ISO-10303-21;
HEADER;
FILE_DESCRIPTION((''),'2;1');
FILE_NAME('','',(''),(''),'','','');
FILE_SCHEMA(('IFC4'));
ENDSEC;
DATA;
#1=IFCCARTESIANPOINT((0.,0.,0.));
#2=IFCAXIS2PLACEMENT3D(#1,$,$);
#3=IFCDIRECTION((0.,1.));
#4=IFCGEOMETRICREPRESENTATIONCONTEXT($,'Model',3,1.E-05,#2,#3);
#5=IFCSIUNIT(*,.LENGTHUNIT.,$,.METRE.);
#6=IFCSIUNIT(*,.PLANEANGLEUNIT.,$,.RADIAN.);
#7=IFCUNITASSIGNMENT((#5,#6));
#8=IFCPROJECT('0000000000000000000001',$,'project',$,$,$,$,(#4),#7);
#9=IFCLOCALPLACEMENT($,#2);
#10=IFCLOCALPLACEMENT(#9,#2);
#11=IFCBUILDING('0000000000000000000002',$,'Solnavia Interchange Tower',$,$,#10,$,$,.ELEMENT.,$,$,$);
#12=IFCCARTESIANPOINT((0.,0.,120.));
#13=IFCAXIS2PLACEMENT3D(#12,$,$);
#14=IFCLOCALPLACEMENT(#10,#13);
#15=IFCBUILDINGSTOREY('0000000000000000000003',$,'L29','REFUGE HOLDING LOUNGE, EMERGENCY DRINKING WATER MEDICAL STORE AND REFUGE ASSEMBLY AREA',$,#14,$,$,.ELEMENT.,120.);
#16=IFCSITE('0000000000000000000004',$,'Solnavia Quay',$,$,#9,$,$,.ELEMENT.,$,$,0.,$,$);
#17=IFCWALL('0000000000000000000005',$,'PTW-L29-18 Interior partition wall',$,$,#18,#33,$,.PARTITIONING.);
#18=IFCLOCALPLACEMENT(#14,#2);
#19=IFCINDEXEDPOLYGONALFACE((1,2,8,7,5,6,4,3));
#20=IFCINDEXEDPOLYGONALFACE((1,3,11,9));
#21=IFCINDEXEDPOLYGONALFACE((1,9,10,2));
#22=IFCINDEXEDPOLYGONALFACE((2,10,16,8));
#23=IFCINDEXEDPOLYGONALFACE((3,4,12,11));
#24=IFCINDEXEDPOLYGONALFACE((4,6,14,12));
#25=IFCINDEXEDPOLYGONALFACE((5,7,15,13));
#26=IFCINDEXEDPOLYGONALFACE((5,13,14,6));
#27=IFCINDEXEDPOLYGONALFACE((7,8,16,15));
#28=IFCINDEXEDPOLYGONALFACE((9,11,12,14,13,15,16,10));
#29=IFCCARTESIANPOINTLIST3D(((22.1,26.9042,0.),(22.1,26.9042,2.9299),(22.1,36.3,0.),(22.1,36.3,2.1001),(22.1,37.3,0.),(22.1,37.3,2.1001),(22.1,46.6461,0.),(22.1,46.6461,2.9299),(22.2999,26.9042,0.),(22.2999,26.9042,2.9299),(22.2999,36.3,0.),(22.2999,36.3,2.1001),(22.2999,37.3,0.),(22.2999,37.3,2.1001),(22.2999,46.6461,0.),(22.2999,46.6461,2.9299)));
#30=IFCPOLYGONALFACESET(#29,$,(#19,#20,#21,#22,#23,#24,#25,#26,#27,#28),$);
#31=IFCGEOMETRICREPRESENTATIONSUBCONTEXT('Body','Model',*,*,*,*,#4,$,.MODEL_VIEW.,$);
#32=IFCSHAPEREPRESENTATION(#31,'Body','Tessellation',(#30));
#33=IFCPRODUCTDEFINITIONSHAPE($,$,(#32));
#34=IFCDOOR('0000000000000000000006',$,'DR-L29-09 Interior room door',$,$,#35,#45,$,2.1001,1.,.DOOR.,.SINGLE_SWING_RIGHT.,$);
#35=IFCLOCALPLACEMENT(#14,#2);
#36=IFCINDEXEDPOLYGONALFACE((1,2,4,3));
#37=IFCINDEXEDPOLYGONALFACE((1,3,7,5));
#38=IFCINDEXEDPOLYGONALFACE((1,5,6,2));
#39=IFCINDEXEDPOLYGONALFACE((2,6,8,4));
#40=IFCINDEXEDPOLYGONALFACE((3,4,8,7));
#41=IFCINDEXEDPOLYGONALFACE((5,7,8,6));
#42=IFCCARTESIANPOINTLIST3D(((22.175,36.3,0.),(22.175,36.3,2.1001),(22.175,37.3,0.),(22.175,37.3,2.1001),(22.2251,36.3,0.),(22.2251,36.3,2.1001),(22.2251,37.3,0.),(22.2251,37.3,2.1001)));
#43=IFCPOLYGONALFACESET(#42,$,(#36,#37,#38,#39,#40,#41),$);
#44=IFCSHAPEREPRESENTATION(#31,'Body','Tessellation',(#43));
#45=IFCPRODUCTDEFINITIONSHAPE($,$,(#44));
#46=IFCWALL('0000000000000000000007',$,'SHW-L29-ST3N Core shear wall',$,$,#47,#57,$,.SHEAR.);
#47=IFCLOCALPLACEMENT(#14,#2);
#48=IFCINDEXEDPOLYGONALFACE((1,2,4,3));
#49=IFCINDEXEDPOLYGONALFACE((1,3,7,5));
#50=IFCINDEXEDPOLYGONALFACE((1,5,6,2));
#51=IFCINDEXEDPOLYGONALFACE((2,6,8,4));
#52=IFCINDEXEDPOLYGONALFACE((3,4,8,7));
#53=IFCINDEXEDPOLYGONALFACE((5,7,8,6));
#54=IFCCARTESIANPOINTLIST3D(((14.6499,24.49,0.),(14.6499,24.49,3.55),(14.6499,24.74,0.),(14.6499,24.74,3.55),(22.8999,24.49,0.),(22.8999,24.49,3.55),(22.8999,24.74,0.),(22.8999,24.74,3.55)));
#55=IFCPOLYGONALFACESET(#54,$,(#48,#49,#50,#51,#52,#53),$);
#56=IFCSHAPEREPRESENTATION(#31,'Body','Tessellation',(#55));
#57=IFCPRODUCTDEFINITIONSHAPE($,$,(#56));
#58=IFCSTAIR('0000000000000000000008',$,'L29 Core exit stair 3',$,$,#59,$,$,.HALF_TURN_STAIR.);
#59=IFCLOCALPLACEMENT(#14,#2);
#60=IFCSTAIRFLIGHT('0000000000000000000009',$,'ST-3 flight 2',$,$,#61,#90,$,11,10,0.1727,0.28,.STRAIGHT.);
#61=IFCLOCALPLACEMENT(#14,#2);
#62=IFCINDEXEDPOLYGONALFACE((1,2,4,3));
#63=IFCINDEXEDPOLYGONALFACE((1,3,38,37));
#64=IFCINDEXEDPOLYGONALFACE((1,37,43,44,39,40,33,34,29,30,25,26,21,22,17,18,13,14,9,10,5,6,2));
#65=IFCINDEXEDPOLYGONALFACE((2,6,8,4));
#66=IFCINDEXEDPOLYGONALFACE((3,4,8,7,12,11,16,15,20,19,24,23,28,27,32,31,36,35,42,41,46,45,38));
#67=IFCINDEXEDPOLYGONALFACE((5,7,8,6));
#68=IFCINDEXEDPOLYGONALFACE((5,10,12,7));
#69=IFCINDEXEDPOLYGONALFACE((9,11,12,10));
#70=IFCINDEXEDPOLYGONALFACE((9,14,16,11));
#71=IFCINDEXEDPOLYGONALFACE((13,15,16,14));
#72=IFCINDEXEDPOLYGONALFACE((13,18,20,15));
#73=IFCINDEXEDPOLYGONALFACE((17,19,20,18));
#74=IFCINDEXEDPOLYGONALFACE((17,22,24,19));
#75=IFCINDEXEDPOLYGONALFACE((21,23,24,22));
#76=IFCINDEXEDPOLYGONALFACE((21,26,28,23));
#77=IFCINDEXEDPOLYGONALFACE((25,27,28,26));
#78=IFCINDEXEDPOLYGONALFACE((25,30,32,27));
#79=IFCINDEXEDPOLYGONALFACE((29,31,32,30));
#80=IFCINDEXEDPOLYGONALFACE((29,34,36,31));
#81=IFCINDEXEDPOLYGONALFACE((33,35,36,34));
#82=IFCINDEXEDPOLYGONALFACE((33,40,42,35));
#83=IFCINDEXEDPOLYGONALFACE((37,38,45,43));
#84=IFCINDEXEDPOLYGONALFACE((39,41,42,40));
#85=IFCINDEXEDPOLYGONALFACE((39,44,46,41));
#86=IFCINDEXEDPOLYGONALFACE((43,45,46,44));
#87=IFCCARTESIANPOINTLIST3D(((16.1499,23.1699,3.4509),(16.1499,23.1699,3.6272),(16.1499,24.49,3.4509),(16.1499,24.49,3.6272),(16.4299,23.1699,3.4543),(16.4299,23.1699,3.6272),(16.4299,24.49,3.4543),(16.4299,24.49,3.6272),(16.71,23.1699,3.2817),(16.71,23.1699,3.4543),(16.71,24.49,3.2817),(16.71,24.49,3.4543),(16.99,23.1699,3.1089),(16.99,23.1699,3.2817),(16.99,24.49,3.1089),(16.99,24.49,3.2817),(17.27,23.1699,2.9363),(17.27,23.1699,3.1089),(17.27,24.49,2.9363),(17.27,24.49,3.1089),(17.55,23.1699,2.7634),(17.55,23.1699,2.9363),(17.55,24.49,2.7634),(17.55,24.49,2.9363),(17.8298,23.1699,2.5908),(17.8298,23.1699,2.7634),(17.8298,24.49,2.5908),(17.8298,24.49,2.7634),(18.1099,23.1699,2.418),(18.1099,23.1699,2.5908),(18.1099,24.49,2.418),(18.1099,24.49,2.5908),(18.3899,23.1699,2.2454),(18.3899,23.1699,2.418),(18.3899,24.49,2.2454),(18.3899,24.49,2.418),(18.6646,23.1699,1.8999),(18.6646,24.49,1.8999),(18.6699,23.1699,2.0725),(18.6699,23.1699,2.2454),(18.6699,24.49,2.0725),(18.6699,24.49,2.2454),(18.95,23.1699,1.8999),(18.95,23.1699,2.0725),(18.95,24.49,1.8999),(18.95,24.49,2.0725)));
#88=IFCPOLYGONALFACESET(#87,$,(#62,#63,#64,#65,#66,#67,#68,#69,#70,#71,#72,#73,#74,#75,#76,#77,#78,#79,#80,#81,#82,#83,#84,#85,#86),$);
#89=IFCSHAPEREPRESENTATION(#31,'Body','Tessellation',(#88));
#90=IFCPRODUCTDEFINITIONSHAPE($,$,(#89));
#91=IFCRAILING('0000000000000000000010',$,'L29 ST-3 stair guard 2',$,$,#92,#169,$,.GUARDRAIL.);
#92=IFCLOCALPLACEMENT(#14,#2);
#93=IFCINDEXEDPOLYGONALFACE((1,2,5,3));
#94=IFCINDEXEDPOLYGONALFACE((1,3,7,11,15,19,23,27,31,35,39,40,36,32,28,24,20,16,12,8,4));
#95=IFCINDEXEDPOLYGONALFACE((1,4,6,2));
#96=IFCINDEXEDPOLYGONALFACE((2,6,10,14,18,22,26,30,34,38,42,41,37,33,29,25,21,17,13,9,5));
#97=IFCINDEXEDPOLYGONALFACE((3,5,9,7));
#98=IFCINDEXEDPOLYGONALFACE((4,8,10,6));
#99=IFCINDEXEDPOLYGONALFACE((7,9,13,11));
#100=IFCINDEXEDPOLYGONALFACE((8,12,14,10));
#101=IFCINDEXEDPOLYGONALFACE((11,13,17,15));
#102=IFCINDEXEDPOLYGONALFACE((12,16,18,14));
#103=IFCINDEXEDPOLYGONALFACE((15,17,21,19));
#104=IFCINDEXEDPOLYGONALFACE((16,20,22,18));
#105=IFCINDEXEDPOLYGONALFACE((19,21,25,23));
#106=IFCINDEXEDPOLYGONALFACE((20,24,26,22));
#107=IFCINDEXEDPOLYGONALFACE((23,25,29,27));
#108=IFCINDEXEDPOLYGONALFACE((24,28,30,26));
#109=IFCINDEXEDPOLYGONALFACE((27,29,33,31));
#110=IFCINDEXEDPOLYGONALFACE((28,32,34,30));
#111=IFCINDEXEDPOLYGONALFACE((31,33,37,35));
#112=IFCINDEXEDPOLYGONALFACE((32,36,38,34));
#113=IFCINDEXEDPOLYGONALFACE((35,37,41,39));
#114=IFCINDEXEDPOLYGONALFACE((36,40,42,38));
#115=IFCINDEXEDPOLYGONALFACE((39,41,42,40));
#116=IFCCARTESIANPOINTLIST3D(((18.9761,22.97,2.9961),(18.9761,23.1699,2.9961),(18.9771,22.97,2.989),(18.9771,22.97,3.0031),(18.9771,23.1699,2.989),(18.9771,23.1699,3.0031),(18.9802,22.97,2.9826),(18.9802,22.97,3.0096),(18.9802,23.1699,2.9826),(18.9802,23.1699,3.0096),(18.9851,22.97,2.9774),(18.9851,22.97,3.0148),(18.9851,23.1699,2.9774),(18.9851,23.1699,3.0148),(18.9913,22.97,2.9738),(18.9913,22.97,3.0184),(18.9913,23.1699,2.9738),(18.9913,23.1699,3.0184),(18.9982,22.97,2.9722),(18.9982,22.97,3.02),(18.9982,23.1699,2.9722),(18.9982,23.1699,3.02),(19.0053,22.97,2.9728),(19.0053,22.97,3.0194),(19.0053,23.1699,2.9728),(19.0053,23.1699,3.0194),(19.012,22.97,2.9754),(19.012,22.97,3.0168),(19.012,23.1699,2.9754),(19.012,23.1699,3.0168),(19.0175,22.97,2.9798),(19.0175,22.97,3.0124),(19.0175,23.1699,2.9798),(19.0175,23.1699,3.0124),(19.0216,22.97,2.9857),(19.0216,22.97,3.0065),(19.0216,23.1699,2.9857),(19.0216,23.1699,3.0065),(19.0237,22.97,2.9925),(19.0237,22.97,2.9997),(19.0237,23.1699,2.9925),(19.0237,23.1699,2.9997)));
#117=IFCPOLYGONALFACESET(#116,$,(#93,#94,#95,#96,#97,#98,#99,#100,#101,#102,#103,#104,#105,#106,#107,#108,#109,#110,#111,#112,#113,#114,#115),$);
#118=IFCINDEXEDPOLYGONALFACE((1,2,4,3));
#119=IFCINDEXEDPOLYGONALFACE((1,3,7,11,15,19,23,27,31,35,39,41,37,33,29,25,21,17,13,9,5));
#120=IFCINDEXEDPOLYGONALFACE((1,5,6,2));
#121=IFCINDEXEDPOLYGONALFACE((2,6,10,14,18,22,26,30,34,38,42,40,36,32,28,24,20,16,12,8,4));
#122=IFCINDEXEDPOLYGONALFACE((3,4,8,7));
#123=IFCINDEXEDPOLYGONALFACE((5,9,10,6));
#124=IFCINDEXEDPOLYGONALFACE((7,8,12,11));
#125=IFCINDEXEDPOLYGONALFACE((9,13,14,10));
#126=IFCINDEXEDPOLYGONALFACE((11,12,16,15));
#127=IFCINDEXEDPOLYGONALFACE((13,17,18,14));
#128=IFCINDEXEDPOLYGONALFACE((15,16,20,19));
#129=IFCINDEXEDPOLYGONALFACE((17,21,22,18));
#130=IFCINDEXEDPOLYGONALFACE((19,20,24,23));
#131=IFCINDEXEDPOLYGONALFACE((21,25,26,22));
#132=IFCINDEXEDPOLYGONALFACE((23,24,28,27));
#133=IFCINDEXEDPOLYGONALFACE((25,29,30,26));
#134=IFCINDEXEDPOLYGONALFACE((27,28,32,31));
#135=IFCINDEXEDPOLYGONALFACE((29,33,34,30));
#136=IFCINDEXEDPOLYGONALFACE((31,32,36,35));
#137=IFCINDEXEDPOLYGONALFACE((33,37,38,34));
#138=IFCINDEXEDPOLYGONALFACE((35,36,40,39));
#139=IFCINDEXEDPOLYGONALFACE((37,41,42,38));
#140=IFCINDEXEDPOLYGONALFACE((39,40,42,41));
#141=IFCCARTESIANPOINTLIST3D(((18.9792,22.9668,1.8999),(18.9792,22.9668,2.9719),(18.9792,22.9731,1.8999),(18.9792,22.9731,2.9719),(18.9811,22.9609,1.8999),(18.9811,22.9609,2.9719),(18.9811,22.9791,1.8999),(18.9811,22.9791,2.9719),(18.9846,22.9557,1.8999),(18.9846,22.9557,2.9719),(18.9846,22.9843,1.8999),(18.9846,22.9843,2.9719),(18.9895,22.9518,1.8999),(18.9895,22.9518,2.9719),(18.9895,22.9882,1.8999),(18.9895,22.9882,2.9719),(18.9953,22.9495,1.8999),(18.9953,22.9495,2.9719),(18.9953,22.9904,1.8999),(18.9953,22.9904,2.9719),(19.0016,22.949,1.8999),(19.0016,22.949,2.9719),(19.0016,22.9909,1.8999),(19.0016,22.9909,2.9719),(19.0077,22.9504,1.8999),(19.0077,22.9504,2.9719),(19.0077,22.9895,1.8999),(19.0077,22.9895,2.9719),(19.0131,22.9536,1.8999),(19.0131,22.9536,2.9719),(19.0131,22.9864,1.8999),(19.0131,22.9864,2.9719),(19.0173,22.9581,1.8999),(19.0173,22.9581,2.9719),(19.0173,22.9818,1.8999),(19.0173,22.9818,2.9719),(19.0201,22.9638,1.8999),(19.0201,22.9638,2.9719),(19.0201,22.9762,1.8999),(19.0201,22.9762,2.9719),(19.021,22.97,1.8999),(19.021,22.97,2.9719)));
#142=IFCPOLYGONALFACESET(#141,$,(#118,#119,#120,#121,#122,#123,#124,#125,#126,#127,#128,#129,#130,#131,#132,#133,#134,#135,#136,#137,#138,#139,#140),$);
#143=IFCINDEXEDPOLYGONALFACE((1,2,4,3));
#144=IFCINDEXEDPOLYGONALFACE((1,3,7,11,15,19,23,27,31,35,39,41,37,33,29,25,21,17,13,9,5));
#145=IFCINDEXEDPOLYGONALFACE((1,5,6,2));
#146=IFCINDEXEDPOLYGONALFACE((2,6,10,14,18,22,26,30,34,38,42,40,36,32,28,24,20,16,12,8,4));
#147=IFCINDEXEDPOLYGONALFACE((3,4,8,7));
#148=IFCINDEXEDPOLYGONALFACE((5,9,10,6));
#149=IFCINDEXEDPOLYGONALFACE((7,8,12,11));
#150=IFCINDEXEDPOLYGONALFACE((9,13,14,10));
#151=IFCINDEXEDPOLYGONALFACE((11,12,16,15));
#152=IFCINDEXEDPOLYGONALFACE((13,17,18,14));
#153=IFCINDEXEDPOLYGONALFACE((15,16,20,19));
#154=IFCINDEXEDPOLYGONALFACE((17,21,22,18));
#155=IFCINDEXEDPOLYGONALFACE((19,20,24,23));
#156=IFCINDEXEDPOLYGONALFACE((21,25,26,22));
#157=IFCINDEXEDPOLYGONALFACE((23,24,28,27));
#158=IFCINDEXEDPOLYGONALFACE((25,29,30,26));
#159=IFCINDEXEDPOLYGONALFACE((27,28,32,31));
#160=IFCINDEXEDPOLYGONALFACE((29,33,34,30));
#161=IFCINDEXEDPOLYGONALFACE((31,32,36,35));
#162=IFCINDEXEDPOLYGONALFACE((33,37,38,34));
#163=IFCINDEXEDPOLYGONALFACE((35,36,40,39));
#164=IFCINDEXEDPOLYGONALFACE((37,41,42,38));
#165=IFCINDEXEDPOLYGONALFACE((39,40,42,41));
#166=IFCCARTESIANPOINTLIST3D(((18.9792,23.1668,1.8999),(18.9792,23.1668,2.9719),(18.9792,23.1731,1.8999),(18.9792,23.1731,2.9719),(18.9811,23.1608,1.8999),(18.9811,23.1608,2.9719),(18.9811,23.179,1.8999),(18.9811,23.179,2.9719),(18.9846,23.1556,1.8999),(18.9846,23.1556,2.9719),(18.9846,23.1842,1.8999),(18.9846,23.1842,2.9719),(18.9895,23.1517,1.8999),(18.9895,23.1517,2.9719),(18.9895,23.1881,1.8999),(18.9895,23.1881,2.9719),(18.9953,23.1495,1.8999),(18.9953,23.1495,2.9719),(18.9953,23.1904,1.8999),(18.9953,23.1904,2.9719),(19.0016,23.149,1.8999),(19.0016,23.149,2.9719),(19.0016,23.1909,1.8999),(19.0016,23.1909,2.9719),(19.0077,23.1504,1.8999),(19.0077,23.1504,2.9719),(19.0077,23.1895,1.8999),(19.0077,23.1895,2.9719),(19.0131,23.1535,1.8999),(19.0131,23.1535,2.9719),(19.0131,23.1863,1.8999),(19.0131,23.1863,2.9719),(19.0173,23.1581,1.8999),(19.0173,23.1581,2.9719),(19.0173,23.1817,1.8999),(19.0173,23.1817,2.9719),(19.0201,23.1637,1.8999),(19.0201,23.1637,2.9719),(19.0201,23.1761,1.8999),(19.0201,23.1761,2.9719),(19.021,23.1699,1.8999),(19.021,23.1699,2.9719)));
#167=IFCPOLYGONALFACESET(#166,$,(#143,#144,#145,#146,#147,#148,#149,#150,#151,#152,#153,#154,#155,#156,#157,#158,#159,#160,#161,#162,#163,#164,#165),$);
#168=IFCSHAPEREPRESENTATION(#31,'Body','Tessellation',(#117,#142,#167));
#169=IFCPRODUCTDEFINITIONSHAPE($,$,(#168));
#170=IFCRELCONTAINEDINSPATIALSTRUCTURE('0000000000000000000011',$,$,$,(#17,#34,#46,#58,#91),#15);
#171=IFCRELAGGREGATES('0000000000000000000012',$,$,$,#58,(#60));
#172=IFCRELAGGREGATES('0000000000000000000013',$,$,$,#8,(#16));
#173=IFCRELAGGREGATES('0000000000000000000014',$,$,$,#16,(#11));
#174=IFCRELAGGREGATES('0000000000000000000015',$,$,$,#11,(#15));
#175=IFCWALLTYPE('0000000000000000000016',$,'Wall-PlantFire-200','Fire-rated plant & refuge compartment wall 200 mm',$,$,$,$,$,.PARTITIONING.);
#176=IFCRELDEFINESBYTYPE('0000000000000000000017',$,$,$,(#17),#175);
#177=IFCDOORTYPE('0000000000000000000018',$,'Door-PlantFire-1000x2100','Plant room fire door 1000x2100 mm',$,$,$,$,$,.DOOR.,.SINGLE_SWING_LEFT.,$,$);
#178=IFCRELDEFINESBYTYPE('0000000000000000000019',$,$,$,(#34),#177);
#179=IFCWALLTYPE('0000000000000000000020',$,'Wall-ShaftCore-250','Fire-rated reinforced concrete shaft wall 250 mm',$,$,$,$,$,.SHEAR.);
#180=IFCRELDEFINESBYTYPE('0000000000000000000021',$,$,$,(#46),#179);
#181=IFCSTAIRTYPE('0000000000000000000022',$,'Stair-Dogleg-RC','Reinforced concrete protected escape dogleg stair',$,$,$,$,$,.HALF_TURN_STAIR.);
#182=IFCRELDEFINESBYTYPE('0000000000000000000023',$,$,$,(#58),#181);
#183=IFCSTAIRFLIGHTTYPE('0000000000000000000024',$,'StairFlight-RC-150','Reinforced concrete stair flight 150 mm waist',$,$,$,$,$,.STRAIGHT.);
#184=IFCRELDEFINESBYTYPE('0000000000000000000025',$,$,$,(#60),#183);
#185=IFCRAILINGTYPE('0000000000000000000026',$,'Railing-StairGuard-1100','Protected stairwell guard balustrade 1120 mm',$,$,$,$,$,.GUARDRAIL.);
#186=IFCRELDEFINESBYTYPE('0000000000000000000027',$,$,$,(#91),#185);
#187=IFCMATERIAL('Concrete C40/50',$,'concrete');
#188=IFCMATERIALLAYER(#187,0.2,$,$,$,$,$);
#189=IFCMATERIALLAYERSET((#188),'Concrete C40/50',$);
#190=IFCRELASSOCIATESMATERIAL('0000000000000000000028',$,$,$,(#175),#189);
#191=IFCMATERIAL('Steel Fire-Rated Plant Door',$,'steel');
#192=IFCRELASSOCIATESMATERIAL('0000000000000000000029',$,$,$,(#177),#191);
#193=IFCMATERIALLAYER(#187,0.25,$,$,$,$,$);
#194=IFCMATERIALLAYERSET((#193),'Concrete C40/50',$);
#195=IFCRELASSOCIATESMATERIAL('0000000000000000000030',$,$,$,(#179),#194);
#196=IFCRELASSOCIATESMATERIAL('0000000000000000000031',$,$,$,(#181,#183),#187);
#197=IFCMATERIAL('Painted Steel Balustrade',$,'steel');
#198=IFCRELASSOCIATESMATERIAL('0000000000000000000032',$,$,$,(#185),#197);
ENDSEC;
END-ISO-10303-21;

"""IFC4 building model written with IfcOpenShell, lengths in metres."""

from ifc_helpers import new_model, si_unit, direction, frame, frame_2d, origin, origin_2d, place, context, subcontext, project, spatial, polyline, rectangle, circle, outline, extrude, material, layer, layer_set, type_object, element, fill, aggregate, save


model = new_model("IFC4")

# Units and contexts
model_context = context("Model", 3, precision=1e-05, world=origin(), true_north=direction((0.0, 1.0)))
body_context = subcontext(model_context, "Body", "Model", "MODEL_VIEW")
ifc_project = project(units=[si_unit("LENGTHUNIT", "METRE"), si_unit("PLANEANGLEUNIT", "RADIAN")], contexts=[model_context])

# Site, building, storey
site_placement = place(None, origin())
site = spatial("IfcSite", under=ifc_project, at=site_placement, Name="Solnavia Quay", CompositionType="ELEMENT", RefElevation=0.0)
building_placement = place(site_placement, origin())
building = spatial("IfcBuilding", under=site, at=building_placement, Name="Solnavia Interchange Tower", CompositionType="ELEMENT")
storey_placement = place(building_placement, frame((0.0, 0.0, 120.0)))
storey = spatial("IfcBuildingStorey", under=building, at=storey_placement, Name="L29", Description="REFUGE HOLDING LOUNGE, EMERGENCY DRINKING WATER MEDICAL STORE AND REFUGE ASSEMBLY AREA", CompositionType="ELEMENT", Elevation=120.0)

# Shared definitions
ifc_material_1 = material(Name="Concrete C40/50", Category="concrete")
ifc_layer_1 = layer(ifc_material_1, 0.2)
ifc_layer_set_1 = layer_set([ifc_layer_1], Name="Concrete C40/50")
wall_type_1 = type_object("IfcWallType", Name="Wall-PlantFire-200", Description="Fire-rated plant & refuge compartment wall 200 mm", PredefinedType="PARTITIONING", material=ifc_layer_set_1)

# Wall, opening, door
ifc_material_2 = material(Name="Steel Fire-Rated Plant Door", Category="steel")
door_type = type_object("IfcDoorType", Name="Door-PlantFire-1000x2100", Description="Plant room fire door 1000x2100 mm", OperationType="SINGLE_SWING_LEFT", PredefinedType="DOOR", material=ifc_material_2)
wall_1_placement = place(storey_placement, frame((22.2, 26.9041, 0.0), z_axis=(0.0, 0.0, 1.0), x_axis=(0.0, 1.0, 0.0)))
wall_1 = element("IfcWall", 1, at=wall_1_placement, inside=storey, type_object=wall_type_1, Name="PTW-L29-18 Interior partition wall", PredefinedType="PARTITIONING", context=body_context, shape_type="SweptSolid", body=[
    extrude(rectangle(XDim=19.7419, YDim=0.2, at=frame_2d((9.8711, 0.0))), origin(), (0.0, 0.0, 1.0), 2.9299),
])
opening_1_placement = place(wall_1_placement, frame((9.396, 0.0, 0.0)))
opening_1 = element("IfcOpeningElement", 2, at=opening_1_placement, cuts=wall_1, PredefinedType="OPENING", context=body_context, shape_type="SweptSolid", body=[
    extrude(rectangle(XDim=1.0, YDim=2.1001, at=frame_2d((0.5, 1.05))), frame((0.0, 0.1099, 0.0), z_axis=(0.0, -1.0, 0.0), x_axis=(1.0, 0.0, 0.0)), (0.0, 0.0, 1.0), 0.22),
])
door_1_placement = place(opening_1_placement, origin())
door_1 = element("IfcDoor", 3, at=door_1_placement, inside=storey, type_object=door_type, Name="DR-L29-09 Interior room door", OperationType="SINGLE_SWING_RIGHT", OverallHeight=2.1001, OverallWidth=1.0, PredefinedType="DOOR", context=body_context, shape_type="SweptSolid", body=[
    extrude(rectangle(XDim=1.0, YDim=2.1001, at=frame_2d((0.5, 1.05))), frame((0.0, 0.0249, 0.0), z_axis=(0.0, -1.0, 0.0), x_axis=(1.0, 0.0, 0.0)), (0.0, 0.0, 1.0), 0.05),
])
fill(opening_1, door_1)

# Wall
ifc_layer_2 = layer(ifc_material_1, 0.25)
ifc_layer_set_2 = layer_set([ifc_layer_2], Name="Concrete C40/50")
wall_type_2 = type_object("IfcWallType", Name="Wall-ShaftCore-250", Description="Fire-rated reinforced concrete shaft wall 250 mm", PredefinedType="SHEAR", material=ifc_layer_set_2)
wall_2_placement = place(storey_placement, frame((14.6499, 24.615, 0.0), z_axis=(0.0, 0.0, 1.0), x_axis=(1.0, 0.0, 0.0)))
element("IfcWall", 4, at=wall_2_placement, inside=storey, type_object=wall_type_2, Name="SHW-L29-ST3N Core shear wall", PredefinedType="SHEAR", context=body_context, shape_type="SweptSolid", body=[
    extrude(rectangle(XDim=8.25, YDim=0.25, at=frame_2d((4.125, 0.0))), origin(), (0.0, 0.0, 1.0), 3.55),
])

# Stair, stair flight
stair_type = type_object("IfcStairType", Name="Stair-Dogleg-RC", Description="Reinforced concrete protected escape dogleg stair", PredefinedType="HALF_TURN_STAIR", material=ifc_material_1)
stair_placement = place(storey_placement, origin())
stair = element("IfcStair", 5, at=stair_placement, inside=storey, type_object=stair_type, Name="L29 Core exit stair 3", PredefinedType="HALF_TURN_STAIR")
stair_flight_type = type_object("IfcStairFlightType", Name="StairFlight-RC-150", Description="Reinforced concrete stair flight 150 mm waist", PredefinedType="STRAIGHT", material=ifc_material_1)
stair_flight_placement = place(storey_placement, frame((18.95, 23.8301, 1.8999), z_axis=(0.0, 0.0, 1.0), x_axis=(-1.0, 0.0, 0.0)))
stair_flight = element("IfcStairFlight", 6, at=stair_flight_placement, type_object=stair_flight_type, Name="ST-3 flight 2", NumberOfRisers=11, NumberOfTreads=10, PredefinedType="STRAIGHT", RiserHeight=0.1727, TreadLength=0.28, context=body_context, shape_type="SweptSolid", body=[
    extrude(outline(polyline([(0.0, 0.0), (0.0, 0.1726), (0.28, 0.1726), (0.28, 0.3455), (0.5601, 0.3455), (0.5601, 0.5181), (0.8401, 0.5181), (0.8401, 0.6909), (1.1201, 0.6909), (1.1201, 0.8635), (1.3999, 0.8635), (1.3999, 1.0364), (1.6799, 1.0364), (1.6799, 1.209), (1.96, 1.209), (1.96, 1.3818), (2.24, 1.3818), (2.24, 1.5544), (2.52, 1.5544), (2.52, 1.7273), (2.8, 1.7273), (2.8, 1.8999), (2.8, 1.551), (0.2854, 0.0), (0.0, 0.0)])), frame((0.0, 0.6602, 0.0), z_axis=(0.0, -1.0, 0.0), x_axis=(1.0, 0.0, 0.0)), (0.0, 0.0, 1.0), 1.3201),
])
aggregate(stair, [stair_flight])

# Railing
ifc_material_3 = material(Name="Painted Steel Balustrade", Category="steel")
railing_type_1 = type_object("IfcRailingType", Name="Railing-StairGuard-1100", Description="Protected stairwell guard balustrade 1120 mm", PredefinedType="GUARDRAIL", material=ifc_material_3)
railing_1_placement = place(storey_placement, frame((19.0, 22.97, 1.8999)))
element("IfcRailing", 7, at=railing_1_placement, inside=storey, type_object=railing_type_1, Name="L29 ST-3 stair guard 2", PredefinedType="GUARDRAIL", context=body_context, shape_type="SweptSolid", body=[
    extrude(circle(Radius=0.0239, at=origin_2d()), frame((0.0, 0.0, 1.0962), z_axis=(0.0, 1.0, 0.0), x_axis=(-1.0, 0.0, 0.0)), (0.0, 0.0, 1.0), 0.2),
    extrude(circle(Radius=0.021, at=origin_2d()), origin(), (0.0, 0.0, 1.0), 1.072),
    extrude(circle(Radius=0.021, at=origin_2d()), frame((0.0, 0.2, 0.0)), (0.0, 0.0, 1.0), 1.072),
])

save(model, "model.ifc")
